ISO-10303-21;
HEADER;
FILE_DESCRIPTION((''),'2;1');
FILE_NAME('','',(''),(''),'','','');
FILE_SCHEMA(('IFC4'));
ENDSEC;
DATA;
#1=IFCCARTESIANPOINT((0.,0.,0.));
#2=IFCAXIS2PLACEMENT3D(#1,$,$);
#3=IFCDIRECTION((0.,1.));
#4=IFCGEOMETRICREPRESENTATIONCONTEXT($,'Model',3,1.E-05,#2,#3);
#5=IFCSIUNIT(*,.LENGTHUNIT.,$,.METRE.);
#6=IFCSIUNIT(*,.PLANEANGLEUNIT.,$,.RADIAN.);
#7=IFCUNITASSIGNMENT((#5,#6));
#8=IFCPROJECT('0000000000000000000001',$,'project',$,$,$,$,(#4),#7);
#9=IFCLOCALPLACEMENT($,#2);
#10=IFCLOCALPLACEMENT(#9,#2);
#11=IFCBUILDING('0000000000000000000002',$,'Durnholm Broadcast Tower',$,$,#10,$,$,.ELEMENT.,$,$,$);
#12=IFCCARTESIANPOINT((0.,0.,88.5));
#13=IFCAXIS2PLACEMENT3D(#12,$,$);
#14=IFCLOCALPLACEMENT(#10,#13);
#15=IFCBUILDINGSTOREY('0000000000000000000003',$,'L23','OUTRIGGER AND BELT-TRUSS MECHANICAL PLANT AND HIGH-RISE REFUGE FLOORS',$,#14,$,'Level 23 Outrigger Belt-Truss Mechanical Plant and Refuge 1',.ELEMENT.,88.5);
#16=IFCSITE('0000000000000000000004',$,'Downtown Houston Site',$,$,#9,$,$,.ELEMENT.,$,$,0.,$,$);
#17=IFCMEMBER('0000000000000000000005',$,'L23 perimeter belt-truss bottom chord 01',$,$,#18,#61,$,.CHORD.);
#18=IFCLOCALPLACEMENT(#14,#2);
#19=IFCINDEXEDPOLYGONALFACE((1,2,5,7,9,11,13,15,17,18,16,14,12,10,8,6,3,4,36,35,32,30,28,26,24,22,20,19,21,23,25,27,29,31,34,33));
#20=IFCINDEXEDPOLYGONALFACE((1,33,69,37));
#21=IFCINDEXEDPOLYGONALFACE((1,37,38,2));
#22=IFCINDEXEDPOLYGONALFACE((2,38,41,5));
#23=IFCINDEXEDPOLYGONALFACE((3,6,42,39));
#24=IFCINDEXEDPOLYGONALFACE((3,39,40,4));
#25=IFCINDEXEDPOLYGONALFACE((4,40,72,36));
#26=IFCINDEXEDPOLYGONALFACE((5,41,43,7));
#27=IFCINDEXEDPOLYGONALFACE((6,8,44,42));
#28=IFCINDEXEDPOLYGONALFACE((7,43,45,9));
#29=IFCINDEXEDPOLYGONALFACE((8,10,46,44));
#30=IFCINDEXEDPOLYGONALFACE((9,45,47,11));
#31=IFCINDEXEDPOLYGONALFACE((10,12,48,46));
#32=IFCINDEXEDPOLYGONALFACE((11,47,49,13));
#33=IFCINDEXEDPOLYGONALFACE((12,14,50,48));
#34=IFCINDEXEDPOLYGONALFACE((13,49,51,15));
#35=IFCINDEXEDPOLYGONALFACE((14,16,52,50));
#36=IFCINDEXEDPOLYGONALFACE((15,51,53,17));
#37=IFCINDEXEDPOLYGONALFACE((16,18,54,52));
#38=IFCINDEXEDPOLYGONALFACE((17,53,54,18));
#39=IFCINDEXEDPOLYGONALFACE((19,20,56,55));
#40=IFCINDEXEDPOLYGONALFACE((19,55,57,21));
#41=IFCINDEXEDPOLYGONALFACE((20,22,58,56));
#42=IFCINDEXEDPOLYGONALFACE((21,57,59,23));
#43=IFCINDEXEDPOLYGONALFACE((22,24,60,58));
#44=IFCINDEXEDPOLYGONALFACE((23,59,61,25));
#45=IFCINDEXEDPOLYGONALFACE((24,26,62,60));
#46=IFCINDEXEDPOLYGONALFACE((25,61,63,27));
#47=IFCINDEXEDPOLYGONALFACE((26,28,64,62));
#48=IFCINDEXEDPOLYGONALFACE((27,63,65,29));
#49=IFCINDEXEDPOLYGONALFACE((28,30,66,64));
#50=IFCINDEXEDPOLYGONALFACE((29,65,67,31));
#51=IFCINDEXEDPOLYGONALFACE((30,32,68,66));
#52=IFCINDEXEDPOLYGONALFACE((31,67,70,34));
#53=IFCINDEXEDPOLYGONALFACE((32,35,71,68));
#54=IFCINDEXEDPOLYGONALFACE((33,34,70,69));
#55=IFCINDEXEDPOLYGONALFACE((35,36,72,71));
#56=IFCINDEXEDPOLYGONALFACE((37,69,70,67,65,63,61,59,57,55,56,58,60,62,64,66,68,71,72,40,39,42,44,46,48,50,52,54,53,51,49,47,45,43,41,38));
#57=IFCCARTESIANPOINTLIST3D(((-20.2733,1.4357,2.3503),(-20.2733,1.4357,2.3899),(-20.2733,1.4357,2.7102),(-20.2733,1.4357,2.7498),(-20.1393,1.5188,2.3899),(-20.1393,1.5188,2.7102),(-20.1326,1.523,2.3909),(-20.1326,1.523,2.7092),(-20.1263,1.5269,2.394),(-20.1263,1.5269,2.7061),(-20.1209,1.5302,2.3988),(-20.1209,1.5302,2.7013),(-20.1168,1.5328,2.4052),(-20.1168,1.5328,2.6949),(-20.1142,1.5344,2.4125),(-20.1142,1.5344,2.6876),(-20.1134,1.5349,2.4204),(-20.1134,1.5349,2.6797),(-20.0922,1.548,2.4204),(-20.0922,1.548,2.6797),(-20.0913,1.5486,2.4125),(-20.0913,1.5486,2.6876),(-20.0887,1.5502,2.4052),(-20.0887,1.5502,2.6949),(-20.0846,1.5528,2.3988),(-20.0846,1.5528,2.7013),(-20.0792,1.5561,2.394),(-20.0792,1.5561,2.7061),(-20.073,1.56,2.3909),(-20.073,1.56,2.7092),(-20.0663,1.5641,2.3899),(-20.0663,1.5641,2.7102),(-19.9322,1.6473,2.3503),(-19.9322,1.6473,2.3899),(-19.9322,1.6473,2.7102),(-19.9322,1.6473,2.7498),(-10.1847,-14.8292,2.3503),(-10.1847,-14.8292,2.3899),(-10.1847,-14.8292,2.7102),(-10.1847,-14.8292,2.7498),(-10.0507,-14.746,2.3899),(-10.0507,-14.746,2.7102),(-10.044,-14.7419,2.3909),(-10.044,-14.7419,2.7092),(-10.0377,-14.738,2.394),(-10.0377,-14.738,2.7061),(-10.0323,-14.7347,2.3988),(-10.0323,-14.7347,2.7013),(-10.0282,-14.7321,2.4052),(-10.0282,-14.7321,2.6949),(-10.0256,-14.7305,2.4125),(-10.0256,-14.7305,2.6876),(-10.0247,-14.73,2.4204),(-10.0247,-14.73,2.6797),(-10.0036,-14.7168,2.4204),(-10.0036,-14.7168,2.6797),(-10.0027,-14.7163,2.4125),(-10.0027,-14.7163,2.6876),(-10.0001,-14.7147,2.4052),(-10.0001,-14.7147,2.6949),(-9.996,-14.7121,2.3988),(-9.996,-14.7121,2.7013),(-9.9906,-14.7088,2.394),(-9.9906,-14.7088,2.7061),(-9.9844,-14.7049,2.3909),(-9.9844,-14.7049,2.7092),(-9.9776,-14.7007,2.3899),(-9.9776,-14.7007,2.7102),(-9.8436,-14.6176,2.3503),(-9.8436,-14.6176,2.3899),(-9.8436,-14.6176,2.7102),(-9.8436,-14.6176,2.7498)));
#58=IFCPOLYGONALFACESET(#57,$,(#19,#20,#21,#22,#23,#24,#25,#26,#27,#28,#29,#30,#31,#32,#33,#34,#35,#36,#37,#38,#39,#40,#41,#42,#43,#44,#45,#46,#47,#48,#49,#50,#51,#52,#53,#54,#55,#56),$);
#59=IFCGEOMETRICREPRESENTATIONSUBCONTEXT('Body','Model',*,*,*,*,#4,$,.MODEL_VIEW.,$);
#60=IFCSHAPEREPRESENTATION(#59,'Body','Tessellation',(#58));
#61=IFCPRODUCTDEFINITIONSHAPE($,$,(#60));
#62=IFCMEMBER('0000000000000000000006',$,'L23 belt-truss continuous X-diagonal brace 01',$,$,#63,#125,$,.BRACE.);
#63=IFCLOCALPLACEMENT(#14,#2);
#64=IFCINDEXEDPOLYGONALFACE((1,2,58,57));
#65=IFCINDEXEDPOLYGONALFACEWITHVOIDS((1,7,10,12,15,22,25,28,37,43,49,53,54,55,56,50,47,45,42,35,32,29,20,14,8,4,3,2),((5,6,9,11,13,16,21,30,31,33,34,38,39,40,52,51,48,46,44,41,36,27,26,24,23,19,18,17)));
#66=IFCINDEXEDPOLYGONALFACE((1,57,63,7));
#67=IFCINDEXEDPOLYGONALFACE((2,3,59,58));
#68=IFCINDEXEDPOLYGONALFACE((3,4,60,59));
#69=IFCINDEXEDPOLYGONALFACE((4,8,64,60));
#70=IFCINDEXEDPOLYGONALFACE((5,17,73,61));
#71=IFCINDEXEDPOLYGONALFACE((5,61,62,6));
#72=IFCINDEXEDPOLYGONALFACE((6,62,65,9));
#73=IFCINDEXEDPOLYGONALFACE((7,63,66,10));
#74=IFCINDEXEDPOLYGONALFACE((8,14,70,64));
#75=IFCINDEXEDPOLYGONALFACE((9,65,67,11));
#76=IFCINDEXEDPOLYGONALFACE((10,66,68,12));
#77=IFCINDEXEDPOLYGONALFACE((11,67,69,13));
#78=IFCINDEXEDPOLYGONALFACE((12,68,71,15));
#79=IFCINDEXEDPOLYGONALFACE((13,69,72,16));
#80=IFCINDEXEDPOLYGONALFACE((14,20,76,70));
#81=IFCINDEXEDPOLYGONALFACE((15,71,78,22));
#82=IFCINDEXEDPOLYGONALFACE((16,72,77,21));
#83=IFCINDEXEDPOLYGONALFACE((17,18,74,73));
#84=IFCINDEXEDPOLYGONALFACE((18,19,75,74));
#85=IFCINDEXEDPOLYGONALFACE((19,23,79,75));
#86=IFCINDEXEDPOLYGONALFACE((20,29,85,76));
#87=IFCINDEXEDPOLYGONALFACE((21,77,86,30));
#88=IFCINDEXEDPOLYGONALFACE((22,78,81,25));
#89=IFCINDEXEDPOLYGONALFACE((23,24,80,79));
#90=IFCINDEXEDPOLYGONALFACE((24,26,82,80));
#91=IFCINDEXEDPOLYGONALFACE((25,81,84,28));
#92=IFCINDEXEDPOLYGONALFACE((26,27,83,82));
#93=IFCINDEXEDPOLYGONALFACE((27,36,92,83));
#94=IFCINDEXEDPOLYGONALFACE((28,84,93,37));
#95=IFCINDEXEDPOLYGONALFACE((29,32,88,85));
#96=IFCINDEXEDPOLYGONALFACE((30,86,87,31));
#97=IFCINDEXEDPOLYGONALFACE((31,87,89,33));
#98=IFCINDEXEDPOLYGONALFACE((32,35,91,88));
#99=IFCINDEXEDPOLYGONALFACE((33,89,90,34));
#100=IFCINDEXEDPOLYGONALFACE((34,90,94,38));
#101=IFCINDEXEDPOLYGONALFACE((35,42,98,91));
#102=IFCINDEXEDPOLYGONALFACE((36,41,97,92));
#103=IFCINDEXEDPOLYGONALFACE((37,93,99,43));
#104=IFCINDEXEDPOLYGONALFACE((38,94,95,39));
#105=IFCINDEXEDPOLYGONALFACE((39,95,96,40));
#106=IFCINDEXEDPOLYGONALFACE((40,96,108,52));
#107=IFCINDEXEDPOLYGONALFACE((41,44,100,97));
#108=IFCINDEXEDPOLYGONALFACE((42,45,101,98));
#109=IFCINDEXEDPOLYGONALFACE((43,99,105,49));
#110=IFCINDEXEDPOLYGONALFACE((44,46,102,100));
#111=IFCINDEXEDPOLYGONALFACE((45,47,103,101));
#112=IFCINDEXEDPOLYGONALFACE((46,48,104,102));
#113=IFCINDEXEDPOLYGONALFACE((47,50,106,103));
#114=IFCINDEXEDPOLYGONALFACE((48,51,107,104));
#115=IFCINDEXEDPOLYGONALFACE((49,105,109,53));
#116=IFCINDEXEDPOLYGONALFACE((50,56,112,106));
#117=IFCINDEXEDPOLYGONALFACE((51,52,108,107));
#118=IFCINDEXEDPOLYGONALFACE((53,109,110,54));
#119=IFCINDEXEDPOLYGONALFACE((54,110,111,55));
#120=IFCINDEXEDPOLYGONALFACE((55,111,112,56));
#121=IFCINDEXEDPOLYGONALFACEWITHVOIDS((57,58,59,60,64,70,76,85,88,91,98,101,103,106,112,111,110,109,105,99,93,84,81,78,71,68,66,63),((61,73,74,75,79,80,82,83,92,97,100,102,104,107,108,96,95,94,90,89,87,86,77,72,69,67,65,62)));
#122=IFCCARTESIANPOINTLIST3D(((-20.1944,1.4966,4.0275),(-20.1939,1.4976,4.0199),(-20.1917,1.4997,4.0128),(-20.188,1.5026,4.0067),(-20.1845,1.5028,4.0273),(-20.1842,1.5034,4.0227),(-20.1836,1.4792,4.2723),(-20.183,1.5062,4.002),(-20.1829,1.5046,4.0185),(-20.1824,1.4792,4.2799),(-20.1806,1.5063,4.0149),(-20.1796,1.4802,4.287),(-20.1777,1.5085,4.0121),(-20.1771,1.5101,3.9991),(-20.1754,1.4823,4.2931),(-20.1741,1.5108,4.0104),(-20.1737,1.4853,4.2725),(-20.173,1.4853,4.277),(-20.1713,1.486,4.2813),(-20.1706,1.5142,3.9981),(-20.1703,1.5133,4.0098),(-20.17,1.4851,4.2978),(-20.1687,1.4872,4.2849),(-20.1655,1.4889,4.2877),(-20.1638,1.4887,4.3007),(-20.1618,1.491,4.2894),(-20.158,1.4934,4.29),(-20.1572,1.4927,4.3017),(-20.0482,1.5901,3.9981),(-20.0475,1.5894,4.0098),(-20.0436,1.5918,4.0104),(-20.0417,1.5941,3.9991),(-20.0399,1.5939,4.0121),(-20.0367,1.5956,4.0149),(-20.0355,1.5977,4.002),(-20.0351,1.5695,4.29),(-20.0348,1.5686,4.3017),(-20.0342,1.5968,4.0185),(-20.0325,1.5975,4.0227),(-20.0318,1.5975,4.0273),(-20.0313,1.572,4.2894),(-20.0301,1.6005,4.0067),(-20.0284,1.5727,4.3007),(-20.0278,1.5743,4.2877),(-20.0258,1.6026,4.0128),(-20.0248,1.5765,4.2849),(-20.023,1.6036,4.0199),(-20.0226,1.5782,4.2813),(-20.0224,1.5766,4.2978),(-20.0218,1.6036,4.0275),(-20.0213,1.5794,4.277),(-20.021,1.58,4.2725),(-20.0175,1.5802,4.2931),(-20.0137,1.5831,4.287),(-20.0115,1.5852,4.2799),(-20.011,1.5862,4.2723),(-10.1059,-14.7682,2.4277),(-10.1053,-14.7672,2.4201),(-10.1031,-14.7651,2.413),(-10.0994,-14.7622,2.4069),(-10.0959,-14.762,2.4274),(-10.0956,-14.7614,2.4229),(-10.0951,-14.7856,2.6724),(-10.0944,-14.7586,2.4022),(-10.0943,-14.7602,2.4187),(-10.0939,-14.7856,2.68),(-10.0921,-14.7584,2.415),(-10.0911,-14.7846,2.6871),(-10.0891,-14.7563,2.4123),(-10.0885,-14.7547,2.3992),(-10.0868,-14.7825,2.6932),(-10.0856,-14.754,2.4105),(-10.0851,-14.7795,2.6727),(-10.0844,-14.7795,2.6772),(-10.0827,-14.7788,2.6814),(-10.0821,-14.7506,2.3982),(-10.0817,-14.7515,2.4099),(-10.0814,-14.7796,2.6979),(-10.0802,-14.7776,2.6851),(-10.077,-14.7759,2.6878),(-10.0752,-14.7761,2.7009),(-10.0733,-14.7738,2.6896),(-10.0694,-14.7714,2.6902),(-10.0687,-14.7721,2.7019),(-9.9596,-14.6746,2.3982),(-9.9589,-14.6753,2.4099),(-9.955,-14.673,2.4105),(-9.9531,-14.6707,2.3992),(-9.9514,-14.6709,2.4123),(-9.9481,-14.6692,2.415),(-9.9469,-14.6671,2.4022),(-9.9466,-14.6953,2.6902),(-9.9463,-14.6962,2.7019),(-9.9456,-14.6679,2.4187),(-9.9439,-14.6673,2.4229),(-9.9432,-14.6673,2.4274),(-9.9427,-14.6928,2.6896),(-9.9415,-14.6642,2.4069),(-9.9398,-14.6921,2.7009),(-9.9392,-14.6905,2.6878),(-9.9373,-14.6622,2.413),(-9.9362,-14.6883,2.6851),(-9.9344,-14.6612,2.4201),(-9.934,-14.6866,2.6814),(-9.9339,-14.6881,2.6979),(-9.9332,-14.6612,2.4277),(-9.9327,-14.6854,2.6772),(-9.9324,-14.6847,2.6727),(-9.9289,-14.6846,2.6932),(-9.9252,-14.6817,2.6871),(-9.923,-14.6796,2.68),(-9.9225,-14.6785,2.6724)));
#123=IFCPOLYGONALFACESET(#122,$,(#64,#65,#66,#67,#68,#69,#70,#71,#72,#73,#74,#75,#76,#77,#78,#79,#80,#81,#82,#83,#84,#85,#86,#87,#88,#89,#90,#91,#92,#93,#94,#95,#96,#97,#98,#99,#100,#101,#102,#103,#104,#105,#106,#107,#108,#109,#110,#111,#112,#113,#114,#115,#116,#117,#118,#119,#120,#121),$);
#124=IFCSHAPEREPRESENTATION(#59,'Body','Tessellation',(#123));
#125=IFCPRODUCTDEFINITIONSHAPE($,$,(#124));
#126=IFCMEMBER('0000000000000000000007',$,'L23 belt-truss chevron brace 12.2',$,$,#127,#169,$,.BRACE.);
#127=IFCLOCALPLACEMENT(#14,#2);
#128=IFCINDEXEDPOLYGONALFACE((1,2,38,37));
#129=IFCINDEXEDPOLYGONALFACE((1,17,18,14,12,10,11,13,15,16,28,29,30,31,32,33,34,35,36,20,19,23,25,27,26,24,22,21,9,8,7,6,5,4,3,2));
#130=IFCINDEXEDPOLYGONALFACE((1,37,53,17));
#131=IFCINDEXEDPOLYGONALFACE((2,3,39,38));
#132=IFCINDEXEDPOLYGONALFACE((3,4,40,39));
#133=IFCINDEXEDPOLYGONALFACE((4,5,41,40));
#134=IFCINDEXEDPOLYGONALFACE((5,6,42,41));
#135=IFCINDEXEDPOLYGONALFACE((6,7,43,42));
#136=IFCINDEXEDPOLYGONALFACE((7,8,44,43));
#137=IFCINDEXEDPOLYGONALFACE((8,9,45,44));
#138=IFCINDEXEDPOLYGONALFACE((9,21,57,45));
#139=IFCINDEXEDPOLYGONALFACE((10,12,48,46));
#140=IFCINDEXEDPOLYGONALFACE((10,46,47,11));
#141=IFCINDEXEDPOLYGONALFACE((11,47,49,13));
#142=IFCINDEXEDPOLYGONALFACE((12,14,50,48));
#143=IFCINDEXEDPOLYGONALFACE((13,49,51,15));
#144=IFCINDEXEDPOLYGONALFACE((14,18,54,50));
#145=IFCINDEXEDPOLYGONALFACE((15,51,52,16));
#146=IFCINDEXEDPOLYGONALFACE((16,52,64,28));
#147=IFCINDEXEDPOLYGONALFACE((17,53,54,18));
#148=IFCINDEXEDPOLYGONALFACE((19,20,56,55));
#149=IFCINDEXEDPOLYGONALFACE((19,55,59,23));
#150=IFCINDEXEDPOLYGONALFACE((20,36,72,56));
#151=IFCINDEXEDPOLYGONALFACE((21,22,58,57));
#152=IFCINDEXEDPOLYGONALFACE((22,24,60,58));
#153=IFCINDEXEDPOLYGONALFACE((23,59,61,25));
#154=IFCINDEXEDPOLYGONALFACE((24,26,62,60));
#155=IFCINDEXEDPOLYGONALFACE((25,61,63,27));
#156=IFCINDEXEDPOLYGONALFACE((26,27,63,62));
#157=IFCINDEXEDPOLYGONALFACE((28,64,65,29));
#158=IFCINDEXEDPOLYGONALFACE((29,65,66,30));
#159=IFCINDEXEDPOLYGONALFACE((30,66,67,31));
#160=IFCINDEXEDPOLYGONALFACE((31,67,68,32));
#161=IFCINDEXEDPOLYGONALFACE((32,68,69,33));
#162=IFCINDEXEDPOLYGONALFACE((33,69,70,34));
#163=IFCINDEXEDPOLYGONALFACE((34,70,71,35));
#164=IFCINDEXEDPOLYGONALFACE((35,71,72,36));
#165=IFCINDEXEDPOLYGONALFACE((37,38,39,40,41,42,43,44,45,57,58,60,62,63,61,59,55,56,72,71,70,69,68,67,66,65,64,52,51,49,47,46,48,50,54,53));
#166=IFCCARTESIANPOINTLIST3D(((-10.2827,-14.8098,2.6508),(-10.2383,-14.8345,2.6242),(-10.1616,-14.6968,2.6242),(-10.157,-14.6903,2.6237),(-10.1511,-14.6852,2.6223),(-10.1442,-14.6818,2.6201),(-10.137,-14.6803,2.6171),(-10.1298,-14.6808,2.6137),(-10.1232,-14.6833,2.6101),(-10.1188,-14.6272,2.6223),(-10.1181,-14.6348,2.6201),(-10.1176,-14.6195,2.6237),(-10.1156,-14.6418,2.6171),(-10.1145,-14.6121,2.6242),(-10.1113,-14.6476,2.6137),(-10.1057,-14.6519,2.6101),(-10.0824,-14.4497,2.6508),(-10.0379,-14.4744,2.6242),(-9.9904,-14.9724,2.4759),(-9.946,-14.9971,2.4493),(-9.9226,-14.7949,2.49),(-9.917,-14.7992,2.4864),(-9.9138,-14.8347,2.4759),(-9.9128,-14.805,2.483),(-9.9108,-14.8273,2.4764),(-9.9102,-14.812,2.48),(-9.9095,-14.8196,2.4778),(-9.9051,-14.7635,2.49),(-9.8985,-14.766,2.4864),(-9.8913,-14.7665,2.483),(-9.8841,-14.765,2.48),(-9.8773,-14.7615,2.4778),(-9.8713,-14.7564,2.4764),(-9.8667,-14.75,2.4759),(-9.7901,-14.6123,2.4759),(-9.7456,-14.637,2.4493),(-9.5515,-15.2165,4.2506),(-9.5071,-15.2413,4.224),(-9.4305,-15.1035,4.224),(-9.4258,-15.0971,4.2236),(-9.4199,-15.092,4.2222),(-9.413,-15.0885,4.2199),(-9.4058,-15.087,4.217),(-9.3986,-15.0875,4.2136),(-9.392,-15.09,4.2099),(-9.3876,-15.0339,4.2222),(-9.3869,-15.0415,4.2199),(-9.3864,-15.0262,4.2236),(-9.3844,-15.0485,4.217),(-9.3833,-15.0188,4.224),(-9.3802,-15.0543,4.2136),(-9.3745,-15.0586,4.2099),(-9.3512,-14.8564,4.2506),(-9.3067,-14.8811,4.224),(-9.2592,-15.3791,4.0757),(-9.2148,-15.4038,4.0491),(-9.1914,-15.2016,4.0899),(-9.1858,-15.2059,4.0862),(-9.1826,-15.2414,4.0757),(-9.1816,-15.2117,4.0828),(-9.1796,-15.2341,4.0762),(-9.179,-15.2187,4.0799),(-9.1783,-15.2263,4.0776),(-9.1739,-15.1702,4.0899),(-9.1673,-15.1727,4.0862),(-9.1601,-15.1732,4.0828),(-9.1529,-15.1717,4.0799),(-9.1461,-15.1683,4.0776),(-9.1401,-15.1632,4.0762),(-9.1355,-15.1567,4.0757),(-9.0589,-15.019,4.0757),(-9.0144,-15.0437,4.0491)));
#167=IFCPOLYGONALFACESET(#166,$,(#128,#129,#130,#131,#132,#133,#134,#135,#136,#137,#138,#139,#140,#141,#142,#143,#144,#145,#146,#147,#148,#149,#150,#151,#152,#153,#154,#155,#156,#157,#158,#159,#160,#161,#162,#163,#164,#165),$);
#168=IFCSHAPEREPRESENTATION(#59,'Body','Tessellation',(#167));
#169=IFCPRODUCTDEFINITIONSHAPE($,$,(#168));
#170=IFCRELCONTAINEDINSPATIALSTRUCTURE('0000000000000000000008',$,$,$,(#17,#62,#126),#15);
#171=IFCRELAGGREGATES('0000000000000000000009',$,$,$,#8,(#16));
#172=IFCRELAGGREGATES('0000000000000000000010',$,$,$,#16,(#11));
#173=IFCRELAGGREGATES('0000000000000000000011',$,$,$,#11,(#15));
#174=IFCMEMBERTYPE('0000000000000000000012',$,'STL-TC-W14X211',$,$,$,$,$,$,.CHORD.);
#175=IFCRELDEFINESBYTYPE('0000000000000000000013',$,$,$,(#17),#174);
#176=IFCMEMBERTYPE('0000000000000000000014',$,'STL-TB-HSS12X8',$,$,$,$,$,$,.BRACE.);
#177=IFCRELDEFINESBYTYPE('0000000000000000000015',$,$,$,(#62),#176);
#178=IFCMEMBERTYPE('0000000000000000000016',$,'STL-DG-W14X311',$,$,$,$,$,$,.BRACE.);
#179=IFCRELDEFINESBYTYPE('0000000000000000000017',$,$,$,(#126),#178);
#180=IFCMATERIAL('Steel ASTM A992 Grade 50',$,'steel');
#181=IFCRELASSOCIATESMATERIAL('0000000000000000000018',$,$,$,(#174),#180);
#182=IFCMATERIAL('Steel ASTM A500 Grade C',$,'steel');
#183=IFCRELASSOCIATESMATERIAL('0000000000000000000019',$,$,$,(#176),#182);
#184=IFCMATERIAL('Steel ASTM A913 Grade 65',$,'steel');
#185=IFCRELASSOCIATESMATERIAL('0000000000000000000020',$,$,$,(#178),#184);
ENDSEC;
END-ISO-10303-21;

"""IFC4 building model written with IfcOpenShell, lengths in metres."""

from ifc_helpers import new_model, si_unit, direction, frame, origin, origin_2d, place, context, subcontext, project, spatial, hollow_rectangle, i_section, extrude, source, transform, mapped, material, material_profile, profile_set, type_object, type_shapes, element, save


model = new_model("IFC4")

# Units and contexts
model_context = context("Model", 3, precision=1e-05, world=origin(), true_north=direction((0.0, 1.0)))
body_context = subcontext(model_context, "Body", "Model", "MODEL_VIEW")
ifc_project = project(units=[si_unit("LENGTHUNIT", "METRE"), si_unit("PLANEANGLEUNIT", "RADIAN")], contexts=[model_context])

# Site, building, storey
site_placement = place(None, origin())
site = spatial("IfcSite", under=ifc_project, at=site_placement, Name="Downtown Houston Site", CompositionType="ELEMENT", RefElevation=0.0)
building_placement = place(site_placement, origin())
building = spatial("IfcBuilding", under=site, at=building_placement, Name="Durnholm Broadcast Tower", CompositionType="ELEMENT")
storey_placement = place(building_placement, frame((0.0, 0.0, 88.5)))
storey = spatial("IfcBuildingStorey", under=building, at=storey_placement, Name="L23", Description="OUTRIGGER AND BELT-TRUSS MECHANICAL PLANT AND HIGH-RISE REFUGE FLOORS", LongName="Level 23 Outrigger Belt-Truss Mechanical Plant and Refuge 1", CompositionType="ELEMENT", Elevation=88.5)

# Shared definitions
ifc_material_1 = material(Name="Steel ASTM A992 Grade 50", Category="steel")

# Members
ifc_material_profile_1 = material_profile(ifc_material_1, i_section(OverallWidth=0.4014, OverallDepth=0.3994, WebThickness=0.0249, FlangeThickness=0.0396, FilletRadius=0.0305, at=origin_2d()), Name="W14X211")
ifc_profile_set_1 = profile_set([ifc_material_profile_1], Name="Steel ASTM A992 Grade 50")
member_type_1 = type_object("IfcMemberType", Name="STL-TC-W14X211", PredefinedType="CHORD", material=ifc_profile_set_1)
shared_shape_1 = source(origin(), body_context, "Body", "SweptSolid", [
    extrude(i_section(OverallWidth=0.4014, OverallDepth=0.3994, WebThickness=0.0249, FlangeThickness=0.0396, FilletRadius=0.0305, at=origin_2d()), origin(), (0.0, 0.0, 1.0), 19.1396),
])
type_shapes(member_type_1, [shared_shape_1])
member_1_placement = place(storey_placement, frame((-10.0142, -14.7234, 2.55), z_axis=(-0.527105, 0.8498, 0.0), x_axis=(-0.8498, -0.527105, 0.0)))
element("IfcMember", 1, at=member_1_placement, inside=storey, type_object=member_type_1, Name="L23 perimeter belt-truss bottom chord 01", PredefinedType="CHORD", context=body_context, shape_type="MappedRepresentation", body=[
    mapped(shared_shape_1, transform((0.0, 0.0, 0.0), x_axis=(1.0, 0.0, 0.0), y_axis=(0.0, 1.0, 0.0), z_axis=(0.0, 0.0, 1.0), scale=1.0)),
])
ifc_material_2 = material(Name="Steel ASTM A500 Grade C", Category="steel")
ifc_material_profile_2 = material_profile(ifc_material_2, hollow_rectangle(XDim=0.2031, YDim=0.3047, WallThickness=0.0117, InnerFilletRadius=0.0176, OuterFilletRadius=0.0295, at=origin_2d()), Name="HSS12X8X1/2")
ifc_profile_set_2 = profile_set([ifc_material_profile_2], Name="Steel ASTM A500 Grade C")
member_type_2 = type_object("IfcMemberType", Name="STL-TB-HSS12X8", PredefinedType="BRACE", material=ifc_profile_set_2)
shared_shape_2 = source(origin(), body_context, "Body", "SweptSolid", [
    extrude(hollow_rectangle(XDim=0.2031, YDim=0.3047, WallThickness=0.0117, InnerFilletRadius=0.0176, OuterFilletRadius=0.0295, at=origin_2d()), origin(), (0.0, 0.0, 1.0), 19.2063),
])
type_shapes(member_type_2, [shared_shape_2])
member_2_placement = place(storey_placement, frame((-10.0142, -14.7234, 2.55), z_axis=(-0.525273, 0.846847, 0.083298), x_axis=(-0.8498, -0.527105, 0.0)))
element("IfcMember", 2, at=member_2_placement, inside=storey, type_object=member_type_2, Name="L23 belt-truss continuous X-diagonal brace 01", PredefinedType="BRACE", context=body_context, shape_type="MappedRepresentation", body=[
    mapped(shared_shape_2, transform((0.0, 0.0, 0.0), x_axis=(1.0, 0.0, 0.0), y_axis=(0.0, 1.0, 0.0), z_axis=(0.0, 0.0, 1.0), scale=1.0)),
])
ifc_material_3 = material(Name="Steel ASTM A913 Grade 65", Category="steel")
ifc_material_profile_3 = material_profile(ifc_material_3, i_section(OverallWidth=0.4121, OverallDepth=0.4348, WebThickness=0.0359, FlangeThickness=0.0574, FilletRadius=0.0305, at=origin_2d()), Name="W14X311")
ifc_profile_set_3 = profile_set([ifc_material_profile_3], Name="Steel ASTM A913 Grade 65")
member_type_3 = type_object("IfcMemberType", Name="STL-DG-W14X311", PredefinedType="BRACE", material=ifc_profile_set_3)
shared_shape_3 = source(origin(), body_context, "Body", "SweptSolid", [
    extrude(i_section(OverallWidth=0.4121, OverallDepth=0.4348, WebThickness=0.0359, FlangeThickness=0.0574, FilletRadius=0.0305, at=origin_2d()), origin(), (0.0, 0.0, 1.0), 1.8054),
])
type_shapes(member_type_3, [shared_shape_3])
member_3_placement = place(storey_placement, frame((-10.0142, -14.7234, 2.55), z_axis=(0.404998, -0.225285, 0.886128), x_axis=(0.486114, 0.873896, 0.0)))
element("IfcMember", 3, at=member_3_placement, inside=storey, type_object=member_type_3, Name="L23 belt-truss chevron brace 12.2", PredefinedType="BRACE", context=body_context, shape_type="MappedRepresentation", body=[
    mapped(shared_shape_3, transform((0.0, 0.0, 0.0), x_axis=(1.0, 0.0, 0.0), y_axis=(0.0, 1.0, 0.0), z_axis=(0.0, 0.0, 1.0), scale=1.0)),
])

save(model, "model.ifc")
